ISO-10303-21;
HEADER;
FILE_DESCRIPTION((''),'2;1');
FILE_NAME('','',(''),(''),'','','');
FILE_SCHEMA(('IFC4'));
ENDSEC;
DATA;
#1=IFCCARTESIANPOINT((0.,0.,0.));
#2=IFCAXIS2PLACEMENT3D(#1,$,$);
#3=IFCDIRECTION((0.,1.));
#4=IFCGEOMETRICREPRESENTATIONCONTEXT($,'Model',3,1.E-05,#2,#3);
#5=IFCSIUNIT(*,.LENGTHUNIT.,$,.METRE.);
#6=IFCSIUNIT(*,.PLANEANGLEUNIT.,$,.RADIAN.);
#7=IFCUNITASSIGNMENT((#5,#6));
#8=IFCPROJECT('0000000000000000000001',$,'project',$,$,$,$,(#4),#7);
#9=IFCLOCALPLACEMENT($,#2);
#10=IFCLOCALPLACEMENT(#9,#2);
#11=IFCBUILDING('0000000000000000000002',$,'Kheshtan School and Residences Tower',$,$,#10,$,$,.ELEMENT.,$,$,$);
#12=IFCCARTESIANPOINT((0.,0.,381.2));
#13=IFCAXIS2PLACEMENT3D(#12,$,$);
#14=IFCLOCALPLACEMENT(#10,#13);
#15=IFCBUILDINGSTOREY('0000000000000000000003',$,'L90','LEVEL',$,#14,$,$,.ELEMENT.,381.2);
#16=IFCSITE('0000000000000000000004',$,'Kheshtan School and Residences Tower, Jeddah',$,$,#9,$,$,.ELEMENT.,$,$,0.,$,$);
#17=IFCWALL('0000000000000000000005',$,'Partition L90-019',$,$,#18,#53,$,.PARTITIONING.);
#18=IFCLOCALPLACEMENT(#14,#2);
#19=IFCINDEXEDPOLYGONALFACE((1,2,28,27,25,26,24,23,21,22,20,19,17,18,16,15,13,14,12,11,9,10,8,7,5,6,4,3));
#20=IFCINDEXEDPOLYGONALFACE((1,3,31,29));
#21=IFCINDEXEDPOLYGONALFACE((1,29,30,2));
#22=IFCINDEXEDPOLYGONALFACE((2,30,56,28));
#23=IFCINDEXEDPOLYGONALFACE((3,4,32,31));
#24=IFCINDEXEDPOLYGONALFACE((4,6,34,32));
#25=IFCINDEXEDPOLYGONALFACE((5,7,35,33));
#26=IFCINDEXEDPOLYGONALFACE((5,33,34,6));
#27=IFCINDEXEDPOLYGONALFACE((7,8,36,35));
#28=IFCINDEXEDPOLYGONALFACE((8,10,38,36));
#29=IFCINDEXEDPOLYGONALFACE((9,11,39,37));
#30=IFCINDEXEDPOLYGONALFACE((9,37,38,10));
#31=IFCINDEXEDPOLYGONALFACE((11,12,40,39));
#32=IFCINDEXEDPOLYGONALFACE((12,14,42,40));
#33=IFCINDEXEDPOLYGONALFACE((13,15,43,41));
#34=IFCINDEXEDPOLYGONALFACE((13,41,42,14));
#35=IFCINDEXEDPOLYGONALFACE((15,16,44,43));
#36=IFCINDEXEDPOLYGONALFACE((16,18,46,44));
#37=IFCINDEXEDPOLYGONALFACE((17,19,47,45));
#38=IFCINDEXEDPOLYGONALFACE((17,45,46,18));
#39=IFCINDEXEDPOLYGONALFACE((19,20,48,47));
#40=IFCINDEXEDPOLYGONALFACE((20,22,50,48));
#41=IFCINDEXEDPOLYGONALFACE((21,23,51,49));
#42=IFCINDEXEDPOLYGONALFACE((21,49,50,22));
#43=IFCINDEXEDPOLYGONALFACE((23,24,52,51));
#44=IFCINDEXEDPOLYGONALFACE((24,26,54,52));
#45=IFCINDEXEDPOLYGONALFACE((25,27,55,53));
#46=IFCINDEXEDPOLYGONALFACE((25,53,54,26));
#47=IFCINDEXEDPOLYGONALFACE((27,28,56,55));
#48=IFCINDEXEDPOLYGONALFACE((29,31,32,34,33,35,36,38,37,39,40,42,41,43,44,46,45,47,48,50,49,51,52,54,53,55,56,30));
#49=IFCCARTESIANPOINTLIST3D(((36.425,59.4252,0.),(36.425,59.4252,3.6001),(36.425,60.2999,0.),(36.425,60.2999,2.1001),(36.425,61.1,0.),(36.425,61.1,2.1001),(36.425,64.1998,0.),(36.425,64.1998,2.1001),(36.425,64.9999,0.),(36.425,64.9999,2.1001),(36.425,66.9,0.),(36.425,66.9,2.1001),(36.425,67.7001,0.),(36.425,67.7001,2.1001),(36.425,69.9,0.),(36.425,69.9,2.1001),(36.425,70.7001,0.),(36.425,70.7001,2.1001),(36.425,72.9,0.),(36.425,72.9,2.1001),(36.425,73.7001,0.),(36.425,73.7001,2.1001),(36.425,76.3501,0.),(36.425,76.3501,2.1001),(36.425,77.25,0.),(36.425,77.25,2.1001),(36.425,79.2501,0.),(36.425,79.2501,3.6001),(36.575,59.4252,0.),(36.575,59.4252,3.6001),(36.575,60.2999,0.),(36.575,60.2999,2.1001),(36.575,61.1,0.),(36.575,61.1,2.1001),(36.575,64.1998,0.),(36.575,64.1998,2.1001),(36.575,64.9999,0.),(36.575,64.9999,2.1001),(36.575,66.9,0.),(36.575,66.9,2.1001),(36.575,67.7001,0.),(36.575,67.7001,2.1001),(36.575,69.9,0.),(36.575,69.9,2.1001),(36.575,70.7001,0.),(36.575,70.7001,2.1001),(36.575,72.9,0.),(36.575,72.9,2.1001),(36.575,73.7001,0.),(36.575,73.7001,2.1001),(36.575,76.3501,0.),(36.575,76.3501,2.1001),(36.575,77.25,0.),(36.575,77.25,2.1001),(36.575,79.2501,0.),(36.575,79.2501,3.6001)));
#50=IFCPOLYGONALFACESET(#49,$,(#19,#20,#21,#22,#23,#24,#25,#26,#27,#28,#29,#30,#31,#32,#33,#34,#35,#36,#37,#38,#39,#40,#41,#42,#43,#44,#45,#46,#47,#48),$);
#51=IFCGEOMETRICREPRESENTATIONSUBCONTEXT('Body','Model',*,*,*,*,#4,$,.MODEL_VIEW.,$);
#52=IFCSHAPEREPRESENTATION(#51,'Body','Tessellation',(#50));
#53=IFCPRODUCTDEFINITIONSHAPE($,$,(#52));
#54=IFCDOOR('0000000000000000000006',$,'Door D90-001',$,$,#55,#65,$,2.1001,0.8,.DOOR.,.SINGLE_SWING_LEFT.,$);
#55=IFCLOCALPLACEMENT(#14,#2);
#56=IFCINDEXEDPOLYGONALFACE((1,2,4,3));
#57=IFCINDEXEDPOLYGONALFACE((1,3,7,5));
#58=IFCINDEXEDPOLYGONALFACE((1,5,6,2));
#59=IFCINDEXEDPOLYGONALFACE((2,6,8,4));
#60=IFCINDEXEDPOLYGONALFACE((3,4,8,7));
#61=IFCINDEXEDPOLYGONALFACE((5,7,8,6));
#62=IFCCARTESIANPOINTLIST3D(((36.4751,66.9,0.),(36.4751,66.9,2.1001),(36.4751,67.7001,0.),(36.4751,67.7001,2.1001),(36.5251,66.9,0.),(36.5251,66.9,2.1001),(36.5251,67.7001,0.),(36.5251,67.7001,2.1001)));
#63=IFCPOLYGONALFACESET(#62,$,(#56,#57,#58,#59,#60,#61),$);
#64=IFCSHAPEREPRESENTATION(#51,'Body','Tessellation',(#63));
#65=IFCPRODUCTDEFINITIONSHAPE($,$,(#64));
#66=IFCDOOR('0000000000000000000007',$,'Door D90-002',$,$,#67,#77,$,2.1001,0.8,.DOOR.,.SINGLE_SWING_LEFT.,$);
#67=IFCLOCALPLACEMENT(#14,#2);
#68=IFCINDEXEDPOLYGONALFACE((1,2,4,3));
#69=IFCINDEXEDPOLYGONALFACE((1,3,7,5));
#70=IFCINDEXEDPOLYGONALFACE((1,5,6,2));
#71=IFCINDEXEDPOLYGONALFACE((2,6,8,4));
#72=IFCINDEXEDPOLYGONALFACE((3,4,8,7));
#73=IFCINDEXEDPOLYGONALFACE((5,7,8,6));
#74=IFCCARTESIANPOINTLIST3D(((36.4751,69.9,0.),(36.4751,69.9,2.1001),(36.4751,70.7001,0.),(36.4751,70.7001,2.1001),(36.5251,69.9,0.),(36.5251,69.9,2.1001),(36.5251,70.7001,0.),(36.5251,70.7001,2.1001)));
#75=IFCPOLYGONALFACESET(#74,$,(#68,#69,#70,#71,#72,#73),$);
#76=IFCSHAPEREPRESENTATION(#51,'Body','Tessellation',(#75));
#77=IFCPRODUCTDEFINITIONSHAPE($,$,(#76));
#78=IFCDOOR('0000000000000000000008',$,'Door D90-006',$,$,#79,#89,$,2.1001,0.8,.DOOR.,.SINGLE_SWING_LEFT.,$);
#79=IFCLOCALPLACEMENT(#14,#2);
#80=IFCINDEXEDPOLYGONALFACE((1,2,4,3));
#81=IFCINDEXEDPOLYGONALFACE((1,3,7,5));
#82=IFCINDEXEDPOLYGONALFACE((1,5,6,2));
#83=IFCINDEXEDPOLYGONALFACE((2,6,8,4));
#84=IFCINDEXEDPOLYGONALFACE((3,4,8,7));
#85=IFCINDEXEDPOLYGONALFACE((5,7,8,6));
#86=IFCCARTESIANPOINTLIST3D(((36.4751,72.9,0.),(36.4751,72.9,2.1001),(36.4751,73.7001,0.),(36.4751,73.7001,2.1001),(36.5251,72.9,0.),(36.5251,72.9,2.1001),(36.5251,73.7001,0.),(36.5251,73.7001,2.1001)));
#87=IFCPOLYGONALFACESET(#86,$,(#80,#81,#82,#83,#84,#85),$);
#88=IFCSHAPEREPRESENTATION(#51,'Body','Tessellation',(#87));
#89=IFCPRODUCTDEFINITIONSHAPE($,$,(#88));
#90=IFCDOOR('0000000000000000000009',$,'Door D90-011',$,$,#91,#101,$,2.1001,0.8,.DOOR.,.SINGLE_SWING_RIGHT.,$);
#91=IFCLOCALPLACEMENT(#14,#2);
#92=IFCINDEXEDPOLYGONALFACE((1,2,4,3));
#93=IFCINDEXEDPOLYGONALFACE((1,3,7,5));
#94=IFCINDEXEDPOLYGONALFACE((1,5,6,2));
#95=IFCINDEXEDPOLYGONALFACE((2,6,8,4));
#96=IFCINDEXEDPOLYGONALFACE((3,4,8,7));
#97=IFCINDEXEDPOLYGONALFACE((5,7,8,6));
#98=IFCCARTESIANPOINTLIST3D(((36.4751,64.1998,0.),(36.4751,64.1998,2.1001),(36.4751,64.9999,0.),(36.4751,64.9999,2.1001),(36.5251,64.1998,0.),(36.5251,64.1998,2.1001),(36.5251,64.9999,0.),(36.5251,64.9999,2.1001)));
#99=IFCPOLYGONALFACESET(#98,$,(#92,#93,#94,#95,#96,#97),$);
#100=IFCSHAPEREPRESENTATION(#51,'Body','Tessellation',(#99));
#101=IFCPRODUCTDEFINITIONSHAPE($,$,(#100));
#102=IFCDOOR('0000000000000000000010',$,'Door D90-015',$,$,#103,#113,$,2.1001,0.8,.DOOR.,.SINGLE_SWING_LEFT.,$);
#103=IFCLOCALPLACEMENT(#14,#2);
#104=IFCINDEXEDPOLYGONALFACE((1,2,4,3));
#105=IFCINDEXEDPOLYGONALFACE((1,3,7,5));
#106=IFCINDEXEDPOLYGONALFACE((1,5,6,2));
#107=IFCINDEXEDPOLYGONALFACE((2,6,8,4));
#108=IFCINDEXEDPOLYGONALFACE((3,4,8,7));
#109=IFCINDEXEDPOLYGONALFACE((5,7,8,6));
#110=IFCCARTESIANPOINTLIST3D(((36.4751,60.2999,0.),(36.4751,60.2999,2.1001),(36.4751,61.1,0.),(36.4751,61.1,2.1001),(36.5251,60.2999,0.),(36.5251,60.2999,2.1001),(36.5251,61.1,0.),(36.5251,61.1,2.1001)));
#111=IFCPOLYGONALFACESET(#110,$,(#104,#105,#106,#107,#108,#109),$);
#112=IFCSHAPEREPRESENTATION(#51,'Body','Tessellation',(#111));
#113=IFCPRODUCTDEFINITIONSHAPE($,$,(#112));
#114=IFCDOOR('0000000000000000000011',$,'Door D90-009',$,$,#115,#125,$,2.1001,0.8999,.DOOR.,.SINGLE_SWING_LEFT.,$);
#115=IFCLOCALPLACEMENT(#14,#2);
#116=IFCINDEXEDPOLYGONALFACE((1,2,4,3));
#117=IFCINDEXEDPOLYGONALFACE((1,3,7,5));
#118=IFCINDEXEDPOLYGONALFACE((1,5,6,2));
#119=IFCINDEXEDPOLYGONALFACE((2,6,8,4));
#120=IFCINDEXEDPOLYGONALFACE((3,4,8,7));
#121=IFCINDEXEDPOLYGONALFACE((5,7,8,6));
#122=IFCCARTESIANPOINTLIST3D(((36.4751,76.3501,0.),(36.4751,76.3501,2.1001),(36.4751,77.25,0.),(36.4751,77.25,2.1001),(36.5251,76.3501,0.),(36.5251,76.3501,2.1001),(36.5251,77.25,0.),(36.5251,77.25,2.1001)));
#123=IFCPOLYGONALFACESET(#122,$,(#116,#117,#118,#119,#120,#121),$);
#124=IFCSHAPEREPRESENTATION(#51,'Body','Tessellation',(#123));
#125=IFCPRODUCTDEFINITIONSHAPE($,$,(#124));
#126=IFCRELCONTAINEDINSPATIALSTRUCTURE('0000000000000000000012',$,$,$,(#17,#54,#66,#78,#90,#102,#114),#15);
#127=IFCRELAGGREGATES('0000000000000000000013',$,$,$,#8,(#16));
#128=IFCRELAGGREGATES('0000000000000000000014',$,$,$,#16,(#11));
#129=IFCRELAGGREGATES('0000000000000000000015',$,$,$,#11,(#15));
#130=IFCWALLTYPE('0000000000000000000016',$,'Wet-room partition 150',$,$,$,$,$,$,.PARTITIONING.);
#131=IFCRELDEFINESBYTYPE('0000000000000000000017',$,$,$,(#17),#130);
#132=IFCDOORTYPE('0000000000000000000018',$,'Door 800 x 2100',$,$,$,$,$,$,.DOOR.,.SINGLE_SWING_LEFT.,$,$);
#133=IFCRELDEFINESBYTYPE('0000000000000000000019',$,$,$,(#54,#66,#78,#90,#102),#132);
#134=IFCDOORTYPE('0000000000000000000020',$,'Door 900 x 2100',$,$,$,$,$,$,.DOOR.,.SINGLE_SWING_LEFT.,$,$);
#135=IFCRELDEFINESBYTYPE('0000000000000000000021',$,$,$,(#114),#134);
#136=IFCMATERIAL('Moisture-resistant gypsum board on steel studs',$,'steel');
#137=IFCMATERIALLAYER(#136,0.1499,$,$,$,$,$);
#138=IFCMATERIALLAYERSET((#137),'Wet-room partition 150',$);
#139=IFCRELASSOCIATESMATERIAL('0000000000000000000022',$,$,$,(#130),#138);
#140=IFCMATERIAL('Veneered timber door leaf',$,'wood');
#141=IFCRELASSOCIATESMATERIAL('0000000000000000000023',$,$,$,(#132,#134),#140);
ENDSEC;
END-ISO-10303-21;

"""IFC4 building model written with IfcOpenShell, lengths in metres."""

from ifc_helpers import new_model, si_unit, direction, frame, frame_2d, origin, place, context, subcontext, project, spatial, rectangle, extrude, source, transform, mapped, material, layer, layer_set, type_object, element, fill, save


model = new_model("IFC4")

# Units and contexts
model_context = context("Model", 3, precision=1e-05, world=origin(), true_north=direction((0.0, 1.0)))
body_context = subcontext(model_context, "Body", "Model", "MODEL_VIEW")
ifc_project = project(units=[si_unit("LENGTHUNIT", "METRE"), si_unit("PLANEANGLEUNIT", "RADIAN")], contexts=[model_context])

# Site, building, storey
site_placement = place(None, origin())
site = spatial("IfcSite", under=ifc_project, at=site_placement, Name="Kheshtan School and Residences Tower, Jeddah", CompositionType="ELEMENT", RefElevation=0.0)
building_placement = place(site_placement, origin())
building = spatial("IfcBuilding", under=site, at=building_placement, Name="Kheshtan School and Residences Tower", CompositionType="ELEMENT")
storey_placement = place(building_placement, frame((0.0, 0.0, 381.2)))
storey = spatial("IfcBuildingStorey", under=building, at=storey_placement, Name="L90", Description="LEVEL", CompositionType="ELEMENT", Elevation=381.2)

# Wall, openings, doors
ifc_material_1 = material(Name="Moisture-resistant gypsum board on steel studs", Category="steel")
ifc_layer_1 = layer(ifc_material_1, 0.1499)
ifc_layer_set_1 = layer_set([ifc_layer_1], Name="Wet-room partition 150")
wall_type_1 = type_object("IfcWallType", Name="Wet-room partition 150", PredefinedType="PARTITIONING", material=ifc_layer_set_1)
wall_1_placement = place(storey_placement, frame((36.5, 59.425, 0.0), z_axis=(0.0, 0.0, 1.0), x_axis=(0.0, 1.0, 0.0)))
wall_1 = element("IfcWall", 1, at=wall_1_placement, inside=storey, type_object=wall_type_1, Name="Partition L90-019", PredefinedType="PARTITIONING", context=body_context, shape_type="SweptSolid", body=[
    extrude(rectangle(XDim=19.825, YDim=0.1499, at=frame_2d((9.9126, 0.0))), origin(), (0.0, 0.0, 1.0), 3.6001),
])
opening_1_placement = place(wall_1_placement, frame((7.4751, 0.0, 0.0)))
opening_1 = element("IfcOpeningElement", 2, at=opening_1_placement, cuts=wall_1, PredefinedType="OPENING", context=body_context, shape_type="SweptSolid", body=[
    extrude(rectangle(XDim=0.8, YDim=2.1001, at=frame_2d((0.3999, 1.05))), frame((0.0, 0.085, 0.0), z_axis=(0.0, -1.0, 0.0), x_axis=(1.0, 0.0, 0.0)), (0.0, 0.0, 1.0), 0.1699),
])
opening_2_placement = place(wall_1_placement, frame((10.4751, 0.0, 0.0)))
opening_2 = element("IfcOpeningElement", 3, at=opening_2_placement, cuts=wall_1, PredefinedType="OPENING", context=body_context, shape_type="SweptSolid", body=[
    extrude(rectangle(XDim=0.8, YDim=2.1001, at=frame_2d((0.3999, 1.05))), frame((0.0, 0.085, 0.0), z_axis=(0.0, -1.0, 0.0), x_axis=(1.0, 0.0, 0.0)), (0.0, 0.0, 1.0), 0.1699),
])
opening_3_placement = place(wall_1_placement, frame((13.4751, 0.0, 0.0)))
opening_3 = element("IfcOpeningElement", 4, at=opening_3_placement, cuts=wall_1, PredefinedType="OPENING", context=body_context, shape_type="SweptSolid", body=[
    extrude(rectangle(XDim=0.8, YDim=2.1001, at=frame_2d((0.3999, 1.05))), frame((0.0, 0.085, 0.0), z_axis=(0.0, -1.0, 0.0), x_axis=(1.0, 0.0, 0.0)), (0.0, 0.0, 1.0), 0.1699),
])
opening_4_placement = place(wall_1_placement, frame((16.925, 0.0, 0.0)))
opening_4 = element("IfcOpeningElement", 5, at=opening_4_placement, cuts=wall_1, PredefinedType="OPENING", context=body_context, shape_type="SweptSolid", body=[
    extrude(rectangle(XDim=0.8999, YDim=2.1001, at=frame_2d((0.45, 1.05))), frame((0.0, 0.085, 0.0), z_axis=(0.0, -1.0, 0.0), x_axis=(1.0, 0.0, 0.0)), (0.0, 0.0, 1.0), 0.1699),
])
opening_5_placement = place(wall_1_placement, frame((4.7749, 0.0, 0.0)))
opening_5 = element("IfcOpeningElement", 6, at=opening_5_placement, cuts=wall_1, PredefinedType="OPENING", context=body_context, shape_type="SweptSolid", body=[
    extrude(rectangle(XDim=0.8, YDim=2.1001, at=frame_2d((0.3999, 1.05))), frame((0.0, 0.085, 0.0), z_axis=(0.0, -1.0, 0.0), x_axis=(1.0, 0.0, 0.0)), (0.0, 0.0, 1.0), 0.1699),
])
opening_6_placement = place(wall_1_placement, frame((0.875, 0.0, 0.0)))
opening_6 = element("IfcOpeningElement", 7, at=opening_6_placement, cuts=wall_1, PredefinedType="OPENING", context=body_context, shape_type="SweptSolid", body=[
    extrude(rectangle(XDim=0.8, YDim=2.1001, at=frame_2d((0.3999, 1.05))), frame((0.0, 0.085, 0.0), z_axis=(0.0, -1.0, 0.0), x_axis=(1.0, 0.0, 0.0)), (0.0, 0.0, 1.0), 0.1699),
])
ifc_material_2 = material(Name="Veneered timber door leaf", Category="wood")
door_type_1 = type_object("IfcDoorType", Name="Door 800 x 2100", OperationType="SINGLE_SWING_LEFT", PredefinedType="DOOR", material=ifc_material_2)
shared_shape_1 = source(origin(), body_context, "Body", "SweptSolid", [
    extrude(rectangle(XDim=0.8, YDim=2.1001, at=frame_2d((0.3999, 1.05))), frame((0.0, 0.0249, 0.0), z_axis=(0.0, -1.0, 0.0), x_axis=(1.0, 0.0, 0.0)), (0.0, 0.0, 1.0), 0.05),
])
door_1_placement = place(opening_1_placement, origin())
door_1 = element("IfcDoor", 8, at=door_1_placement, inside=storey, type_object=door_type_1, Name="Door D90-001", OperationType="SINGLE_SWING_LEFT", OverallHeight=2.1001, OverallWidth=0.8, PredefinedType="DOOR", context=body_context, shape_type="MappedRepresentation", body=[
    mapped(shared_shape_1, transform((0.0, 0.0, 0.0), x_axis=(1.0, 0.0, 0.0), y_axis=(0.0, 1.0, 0.0), z_axis=(0.0, 0.0, 1.0), scale=1.0)),
])
fill(opening_1, door_1)
door_2_placement = place(opening_2_placement, origin())
door_2 = element("IfcDoor", 9, at=door_2_placement, inside=storey, type_object=door_type_1, Name="Door D90-002", OperationType="SINGLE_SWING_LEFT", OverallHeight=2.1001, OverallWidth=0.8, PredefinedType="DOOR", context=body_context, shape_type="MappedRepresentation", body=[
    mapped(shared_shape_1, transform((0.0, 0.0, 0.0), x_axis=(1.0, 0.0, 0.0), y_axis=(0.0, 1.0, 0.0), z_axis=(0.0, 0.0, 1.0), scale=1.0)),
])
fill(opening_2, door_2)
door_3_placement = place(opening_3_placement, origin())
door_3 = element("IfcDoor", 10, at=door_3_placement, inside=storey, type_object=door_type_1, Name="Door D90-006", OperationType="SINGLE_SWING_LEFT", OverallHeight=2.1001, OverallWidth=0.8, PredefinedType="DOOR", context=body_context, shape_type="MappedRepresentation", body=[
    mapped(shared_shape_1, transform((0.0, 0.0, 0.0), x_axis=(1.0, 0.0, 0.0), y_axis=(0.0, 1.0, 0.0), z_axis=(0.0, 0.0, 1.0), scale=1.0)),
])
fill(opening_3, door_3)
door_4_placement = place(opening_5_placement, origin())
door_4 = element("IfcDoor", 11, at=door_4_placement, inside=storey, type_object=door_type_1, Name="Door D90-011", OperationType="SINGLE_SWING_RIGHT", OverallHeight=2.1001, OverallWidth=0.8, PredefinedType="DOOR", context=body_context, shape_type="MappedRepresentation", body=[
    mapped(shared_shape_1, transform((0.0, 0.0, 0.0), x_axis=(1.0, 0.0, 0.0), y_axis=(0.0, 1.0, 0.0), z_axis=(0.0, 0.0, 1.0), scale=1.0)),
])
fill(opening_5, door_4)
door_5_placement = place(opening_6_placement, origin())
door_5 = element("IfcDoor", 12, at=door_5_placement, inside=storey, type_object=door_type_1, Name="Door D90-015", OperationType="SINGLE_SWING_LEFT", OverallHeight=2.1001, OverallWidth=0.8, PredefinedType="DOOR", context=body_context, shape_type="MappedRepresentation", body=[
    mapped(shared_shape_1, transform((0.0, 0.0, 0.0), x_axis=(1.0, 0.0, 0.0), y_axis=(0.0, 1.0, 0.0), z_axis=(0.0, 0.0, 1.0), scale=1.0)),
])
fill(opening_6, door_5)
door_type_2 = type_object("IfcDoorType", Name="Door 900 x 2100", OperationType="SINGLE_SWING_LEFT", PredefinedType="DOOR", material=ifc_material_2)
shared_shape_2 = source(origin(), body_context, "Body", "SweptSolid", [
    extrude(rectangle(XDim=0.8999, YDim=2.1001, at=frame_2d((0.45, 1.05))), frame((0.0, 0.0249, 0.0), z_axis=(0.0, -1.0, 0.0), x_axis=(1.0, 0.0, 0.0)), (0.0, 0.0, 1.0), 0.05),
])
door_6_placement = place(opening_4_placement, origin())
door_6 = element("IfcDoor", 13, at=door_6_placement, inside=storey, type_object=door_type_2, Name="Door D90-009", OperationType="SINGLE_SWING_LEFT", OverallHeight=2.1001, OverallWidth=0.8999, PredefinedType="DOOR", context=body_context, shape_type="MappedRepresentation", body=[
    mapped(shared_shape_2, transform((0.0, 0.0, 0.0), x_axis=(1.0, 0.0, 0.0), y_axis=(0.0, 1.0, 0.0), z_axis=(0.0, 0.0, 1.0), scale=1.0)),
])
fill(opening_4, door_6)

save(model, "model.ifc")
